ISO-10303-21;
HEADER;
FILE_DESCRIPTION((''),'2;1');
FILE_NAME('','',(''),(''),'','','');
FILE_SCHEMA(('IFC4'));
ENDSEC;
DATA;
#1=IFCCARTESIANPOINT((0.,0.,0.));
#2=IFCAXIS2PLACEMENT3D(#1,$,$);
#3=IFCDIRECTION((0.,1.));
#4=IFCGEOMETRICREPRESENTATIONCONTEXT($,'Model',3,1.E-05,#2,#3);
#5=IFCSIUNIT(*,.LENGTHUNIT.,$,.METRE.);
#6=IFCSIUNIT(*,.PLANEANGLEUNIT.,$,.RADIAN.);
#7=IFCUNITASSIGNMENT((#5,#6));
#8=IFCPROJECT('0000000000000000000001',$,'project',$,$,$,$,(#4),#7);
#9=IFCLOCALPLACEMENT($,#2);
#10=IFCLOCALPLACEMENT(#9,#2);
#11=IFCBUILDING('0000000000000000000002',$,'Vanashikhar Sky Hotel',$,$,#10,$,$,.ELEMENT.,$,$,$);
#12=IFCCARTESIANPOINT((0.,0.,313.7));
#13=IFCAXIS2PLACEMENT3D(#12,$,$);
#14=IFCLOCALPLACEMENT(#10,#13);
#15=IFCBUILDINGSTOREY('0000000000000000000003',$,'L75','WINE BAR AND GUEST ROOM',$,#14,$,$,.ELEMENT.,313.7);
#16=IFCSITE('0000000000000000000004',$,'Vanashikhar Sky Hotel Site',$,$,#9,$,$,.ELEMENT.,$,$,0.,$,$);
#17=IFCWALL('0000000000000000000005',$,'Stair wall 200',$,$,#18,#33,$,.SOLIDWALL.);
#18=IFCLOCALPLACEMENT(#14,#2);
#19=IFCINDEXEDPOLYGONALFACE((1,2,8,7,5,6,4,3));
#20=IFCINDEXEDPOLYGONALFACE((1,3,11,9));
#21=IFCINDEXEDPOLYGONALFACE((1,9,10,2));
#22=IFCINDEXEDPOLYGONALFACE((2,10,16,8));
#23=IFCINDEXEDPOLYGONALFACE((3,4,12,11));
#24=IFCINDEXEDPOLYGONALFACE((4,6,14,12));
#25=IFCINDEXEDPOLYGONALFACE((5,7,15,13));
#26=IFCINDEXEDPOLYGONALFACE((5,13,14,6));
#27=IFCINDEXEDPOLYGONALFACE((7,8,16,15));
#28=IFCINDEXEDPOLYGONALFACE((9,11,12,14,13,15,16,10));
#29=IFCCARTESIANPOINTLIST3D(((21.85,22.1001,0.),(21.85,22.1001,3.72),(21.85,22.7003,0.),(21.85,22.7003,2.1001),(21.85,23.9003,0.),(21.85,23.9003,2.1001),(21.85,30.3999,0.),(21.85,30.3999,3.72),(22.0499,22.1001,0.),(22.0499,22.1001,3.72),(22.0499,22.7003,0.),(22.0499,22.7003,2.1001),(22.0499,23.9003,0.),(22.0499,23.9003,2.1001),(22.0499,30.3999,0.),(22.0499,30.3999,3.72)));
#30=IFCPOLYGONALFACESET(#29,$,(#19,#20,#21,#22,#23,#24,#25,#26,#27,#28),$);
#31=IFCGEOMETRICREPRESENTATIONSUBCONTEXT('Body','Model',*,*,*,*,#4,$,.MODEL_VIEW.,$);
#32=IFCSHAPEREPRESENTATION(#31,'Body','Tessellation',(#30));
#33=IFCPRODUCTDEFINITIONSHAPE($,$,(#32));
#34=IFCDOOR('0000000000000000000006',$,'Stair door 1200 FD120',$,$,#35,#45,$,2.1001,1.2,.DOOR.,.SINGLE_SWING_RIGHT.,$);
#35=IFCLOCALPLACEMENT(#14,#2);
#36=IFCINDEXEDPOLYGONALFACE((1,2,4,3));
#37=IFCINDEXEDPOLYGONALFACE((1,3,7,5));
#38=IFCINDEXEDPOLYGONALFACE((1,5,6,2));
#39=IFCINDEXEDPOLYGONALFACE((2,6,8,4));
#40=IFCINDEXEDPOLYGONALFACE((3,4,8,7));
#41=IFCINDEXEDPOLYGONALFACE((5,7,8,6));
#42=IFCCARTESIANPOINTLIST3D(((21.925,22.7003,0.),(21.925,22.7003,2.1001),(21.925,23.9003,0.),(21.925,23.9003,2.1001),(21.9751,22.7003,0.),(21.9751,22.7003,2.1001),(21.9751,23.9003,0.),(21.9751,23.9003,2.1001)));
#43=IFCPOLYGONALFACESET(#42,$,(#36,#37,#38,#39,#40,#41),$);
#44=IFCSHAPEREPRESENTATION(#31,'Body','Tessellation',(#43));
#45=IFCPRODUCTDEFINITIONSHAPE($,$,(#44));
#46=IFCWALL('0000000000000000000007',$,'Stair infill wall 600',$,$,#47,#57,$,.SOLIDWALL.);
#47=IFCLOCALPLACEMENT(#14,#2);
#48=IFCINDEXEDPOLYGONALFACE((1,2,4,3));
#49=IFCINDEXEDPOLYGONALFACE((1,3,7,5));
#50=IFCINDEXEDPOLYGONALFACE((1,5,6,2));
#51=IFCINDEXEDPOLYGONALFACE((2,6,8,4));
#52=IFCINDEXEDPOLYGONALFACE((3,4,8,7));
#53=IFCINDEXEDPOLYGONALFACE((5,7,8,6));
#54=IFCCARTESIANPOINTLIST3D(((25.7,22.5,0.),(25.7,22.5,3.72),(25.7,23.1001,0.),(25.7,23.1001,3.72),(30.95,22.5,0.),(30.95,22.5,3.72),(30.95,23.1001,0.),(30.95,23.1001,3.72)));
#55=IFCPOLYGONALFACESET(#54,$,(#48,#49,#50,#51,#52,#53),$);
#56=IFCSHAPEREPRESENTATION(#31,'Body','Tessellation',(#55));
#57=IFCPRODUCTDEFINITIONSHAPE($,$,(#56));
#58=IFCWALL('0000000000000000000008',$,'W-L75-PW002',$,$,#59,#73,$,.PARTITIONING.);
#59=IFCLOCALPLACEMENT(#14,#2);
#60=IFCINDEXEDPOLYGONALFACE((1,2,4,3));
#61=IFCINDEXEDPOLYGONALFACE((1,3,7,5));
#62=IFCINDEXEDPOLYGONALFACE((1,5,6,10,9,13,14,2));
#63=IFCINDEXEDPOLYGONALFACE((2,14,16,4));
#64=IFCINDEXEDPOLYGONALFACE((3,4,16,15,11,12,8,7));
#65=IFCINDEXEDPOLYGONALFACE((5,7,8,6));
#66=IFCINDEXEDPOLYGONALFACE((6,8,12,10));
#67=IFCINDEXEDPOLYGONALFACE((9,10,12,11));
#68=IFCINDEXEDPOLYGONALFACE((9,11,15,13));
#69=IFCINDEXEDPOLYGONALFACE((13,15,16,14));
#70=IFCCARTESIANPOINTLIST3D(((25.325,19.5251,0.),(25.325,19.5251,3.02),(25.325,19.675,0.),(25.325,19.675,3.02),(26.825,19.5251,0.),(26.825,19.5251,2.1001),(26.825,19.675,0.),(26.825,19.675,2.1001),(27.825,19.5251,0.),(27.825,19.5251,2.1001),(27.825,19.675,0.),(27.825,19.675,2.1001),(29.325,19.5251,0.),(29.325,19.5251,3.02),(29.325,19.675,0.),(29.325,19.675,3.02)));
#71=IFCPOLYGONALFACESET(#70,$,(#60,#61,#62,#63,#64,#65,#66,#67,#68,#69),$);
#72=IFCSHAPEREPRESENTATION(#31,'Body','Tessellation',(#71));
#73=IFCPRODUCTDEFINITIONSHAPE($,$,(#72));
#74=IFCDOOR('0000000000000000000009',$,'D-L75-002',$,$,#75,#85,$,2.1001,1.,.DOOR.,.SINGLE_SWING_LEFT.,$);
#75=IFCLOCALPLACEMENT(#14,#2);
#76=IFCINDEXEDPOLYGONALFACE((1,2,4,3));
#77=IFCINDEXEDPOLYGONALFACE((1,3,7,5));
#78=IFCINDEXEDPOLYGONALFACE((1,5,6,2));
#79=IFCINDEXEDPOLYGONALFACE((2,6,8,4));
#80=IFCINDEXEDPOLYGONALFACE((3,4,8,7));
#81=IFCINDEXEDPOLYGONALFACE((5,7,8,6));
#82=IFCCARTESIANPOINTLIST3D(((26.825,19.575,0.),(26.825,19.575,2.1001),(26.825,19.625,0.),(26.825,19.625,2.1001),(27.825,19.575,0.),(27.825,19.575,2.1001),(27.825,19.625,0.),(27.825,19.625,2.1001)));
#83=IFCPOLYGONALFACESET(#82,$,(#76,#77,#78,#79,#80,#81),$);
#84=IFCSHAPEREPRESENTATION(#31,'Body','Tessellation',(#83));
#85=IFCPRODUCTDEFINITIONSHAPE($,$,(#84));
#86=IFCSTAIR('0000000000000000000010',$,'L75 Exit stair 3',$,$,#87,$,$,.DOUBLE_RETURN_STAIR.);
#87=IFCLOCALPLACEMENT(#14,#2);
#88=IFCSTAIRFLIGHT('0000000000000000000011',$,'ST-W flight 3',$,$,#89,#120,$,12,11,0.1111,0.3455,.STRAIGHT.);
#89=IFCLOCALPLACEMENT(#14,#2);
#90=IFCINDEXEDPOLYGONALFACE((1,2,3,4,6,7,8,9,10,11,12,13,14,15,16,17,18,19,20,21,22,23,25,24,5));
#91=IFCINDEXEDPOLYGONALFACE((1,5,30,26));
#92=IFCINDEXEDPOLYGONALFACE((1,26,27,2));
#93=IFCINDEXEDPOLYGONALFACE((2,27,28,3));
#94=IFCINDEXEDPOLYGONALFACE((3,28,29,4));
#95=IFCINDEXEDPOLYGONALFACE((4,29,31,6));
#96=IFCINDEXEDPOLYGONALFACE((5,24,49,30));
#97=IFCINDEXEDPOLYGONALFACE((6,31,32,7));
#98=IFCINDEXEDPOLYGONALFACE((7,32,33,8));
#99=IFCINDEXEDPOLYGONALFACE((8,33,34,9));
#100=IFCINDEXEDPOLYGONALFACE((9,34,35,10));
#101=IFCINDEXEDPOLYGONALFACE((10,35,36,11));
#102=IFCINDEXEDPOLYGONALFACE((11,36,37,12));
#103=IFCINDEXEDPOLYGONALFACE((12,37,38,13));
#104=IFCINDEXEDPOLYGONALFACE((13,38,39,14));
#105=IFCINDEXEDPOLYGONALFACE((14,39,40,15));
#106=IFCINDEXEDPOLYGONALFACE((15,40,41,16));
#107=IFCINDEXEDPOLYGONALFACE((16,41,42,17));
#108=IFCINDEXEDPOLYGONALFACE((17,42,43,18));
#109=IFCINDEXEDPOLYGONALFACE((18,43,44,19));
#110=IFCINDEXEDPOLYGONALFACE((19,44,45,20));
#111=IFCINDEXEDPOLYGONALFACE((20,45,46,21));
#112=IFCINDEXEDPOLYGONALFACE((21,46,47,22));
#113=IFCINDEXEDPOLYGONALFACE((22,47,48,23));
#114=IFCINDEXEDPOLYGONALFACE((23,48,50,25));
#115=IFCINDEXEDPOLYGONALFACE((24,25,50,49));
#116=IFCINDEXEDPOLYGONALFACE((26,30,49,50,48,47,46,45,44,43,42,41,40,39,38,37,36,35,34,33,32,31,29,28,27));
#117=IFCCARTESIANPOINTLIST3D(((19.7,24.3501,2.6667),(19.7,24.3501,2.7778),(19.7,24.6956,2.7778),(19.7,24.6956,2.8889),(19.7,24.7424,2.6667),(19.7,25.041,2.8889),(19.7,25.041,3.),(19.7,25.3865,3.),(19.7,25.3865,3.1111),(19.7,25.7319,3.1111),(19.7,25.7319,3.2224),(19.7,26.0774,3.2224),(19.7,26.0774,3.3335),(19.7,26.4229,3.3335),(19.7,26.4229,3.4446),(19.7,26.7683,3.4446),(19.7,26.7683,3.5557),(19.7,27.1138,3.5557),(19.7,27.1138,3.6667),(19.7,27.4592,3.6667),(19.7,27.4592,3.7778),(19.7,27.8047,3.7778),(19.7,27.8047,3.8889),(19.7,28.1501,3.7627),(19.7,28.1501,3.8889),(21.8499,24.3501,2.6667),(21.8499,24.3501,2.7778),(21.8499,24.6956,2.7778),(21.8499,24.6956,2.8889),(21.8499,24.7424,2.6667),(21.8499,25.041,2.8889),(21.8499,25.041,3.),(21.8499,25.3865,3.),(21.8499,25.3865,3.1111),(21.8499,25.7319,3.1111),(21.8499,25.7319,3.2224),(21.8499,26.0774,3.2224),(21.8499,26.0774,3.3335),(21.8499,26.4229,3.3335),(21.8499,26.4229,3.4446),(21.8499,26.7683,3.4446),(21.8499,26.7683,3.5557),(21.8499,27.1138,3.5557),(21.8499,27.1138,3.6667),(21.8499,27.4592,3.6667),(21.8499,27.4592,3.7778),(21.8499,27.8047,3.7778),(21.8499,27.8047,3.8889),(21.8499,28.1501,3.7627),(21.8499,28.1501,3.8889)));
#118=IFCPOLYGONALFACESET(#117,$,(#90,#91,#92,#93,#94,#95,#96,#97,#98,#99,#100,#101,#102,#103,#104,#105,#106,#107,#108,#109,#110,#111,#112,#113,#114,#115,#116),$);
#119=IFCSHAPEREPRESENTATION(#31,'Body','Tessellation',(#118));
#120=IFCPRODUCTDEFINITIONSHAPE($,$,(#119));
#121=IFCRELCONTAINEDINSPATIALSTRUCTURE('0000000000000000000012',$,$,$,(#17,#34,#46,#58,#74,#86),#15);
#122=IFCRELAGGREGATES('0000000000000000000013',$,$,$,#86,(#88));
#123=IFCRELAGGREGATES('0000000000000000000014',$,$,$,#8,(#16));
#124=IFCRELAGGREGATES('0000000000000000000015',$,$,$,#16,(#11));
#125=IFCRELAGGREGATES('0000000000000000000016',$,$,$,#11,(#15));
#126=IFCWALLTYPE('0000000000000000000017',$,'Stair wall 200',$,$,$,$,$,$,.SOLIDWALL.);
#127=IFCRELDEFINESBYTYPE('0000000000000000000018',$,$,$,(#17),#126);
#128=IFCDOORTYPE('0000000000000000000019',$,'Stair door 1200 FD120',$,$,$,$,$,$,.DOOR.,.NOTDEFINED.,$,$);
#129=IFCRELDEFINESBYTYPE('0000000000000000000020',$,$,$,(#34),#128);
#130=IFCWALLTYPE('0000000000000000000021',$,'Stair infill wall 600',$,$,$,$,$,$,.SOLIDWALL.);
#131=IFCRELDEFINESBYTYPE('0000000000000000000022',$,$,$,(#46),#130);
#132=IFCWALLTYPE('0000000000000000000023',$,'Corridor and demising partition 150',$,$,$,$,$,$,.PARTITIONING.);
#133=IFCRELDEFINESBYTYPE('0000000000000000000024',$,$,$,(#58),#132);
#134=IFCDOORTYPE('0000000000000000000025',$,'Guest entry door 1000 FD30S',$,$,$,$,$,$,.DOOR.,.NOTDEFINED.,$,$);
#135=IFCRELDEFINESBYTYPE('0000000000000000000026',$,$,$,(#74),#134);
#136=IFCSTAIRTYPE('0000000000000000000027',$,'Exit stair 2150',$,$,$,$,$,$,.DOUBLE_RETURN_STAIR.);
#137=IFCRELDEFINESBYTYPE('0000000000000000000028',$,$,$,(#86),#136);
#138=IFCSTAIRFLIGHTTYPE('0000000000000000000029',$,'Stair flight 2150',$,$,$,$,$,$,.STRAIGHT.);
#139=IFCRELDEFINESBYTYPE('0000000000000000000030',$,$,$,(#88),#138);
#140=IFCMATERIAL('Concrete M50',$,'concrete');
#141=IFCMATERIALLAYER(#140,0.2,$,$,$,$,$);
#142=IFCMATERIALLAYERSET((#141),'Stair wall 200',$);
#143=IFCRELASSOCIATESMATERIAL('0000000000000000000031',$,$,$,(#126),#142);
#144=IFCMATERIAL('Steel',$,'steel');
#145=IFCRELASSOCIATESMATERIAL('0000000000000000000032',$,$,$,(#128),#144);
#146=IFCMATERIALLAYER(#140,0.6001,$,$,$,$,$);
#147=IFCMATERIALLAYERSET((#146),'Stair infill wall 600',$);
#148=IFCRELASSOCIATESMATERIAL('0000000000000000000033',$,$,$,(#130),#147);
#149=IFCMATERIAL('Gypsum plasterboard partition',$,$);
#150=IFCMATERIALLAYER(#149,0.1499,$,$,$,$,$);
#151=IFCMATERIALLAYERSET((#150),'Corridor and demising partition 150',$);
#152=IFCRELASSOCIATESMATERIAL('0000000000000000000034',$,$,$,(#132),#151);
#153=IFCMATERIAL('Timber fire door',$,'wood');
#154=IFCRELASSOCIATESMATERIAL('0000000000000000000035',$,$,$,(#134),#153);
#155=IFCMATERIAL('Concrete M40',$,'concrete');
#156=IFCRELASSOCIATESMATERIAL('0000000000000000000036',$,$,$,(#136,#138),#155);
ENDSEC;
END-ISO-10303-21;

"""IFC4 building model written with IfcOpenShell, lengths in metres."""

from ifc_helpers import new_model, si_unit, direction, frame, frame_2d, origin, place, context, subcontext, project, spatial, polyline, rectangle, outline, extrude, source, transform, mapped, material, layer, layer_set, type_object, element, fill, aggregate, save


model = new_model("IFC4")

# Units and contexts
model_context = context("Model", 3, precision=1e-05, world=origin(), true_north=direction((0.0, 1.0)))
body_context = subcontext(model_context, "Body", "Model", "MODEL_VIEW")
ifc_project = project(units=[si_unit("LENGTHUNIT", "METRE"), si_unit("PLANEANGLEUNIT", "RADIAN")], contexts=[model_context])

# Site, building, storey
site_placement = place(None, origin())
site = spatial("IfcSite", under=ifc_project, at=site_placement, Name="Vanashikhar Sky Hotel Site", CompositionType="ELEMENT", RefElevation=0.0)
building_placement = place(site_placement, origin())
building = spatial("IfcBuilding", under=site, at=building_placement, Name="Vanashikhar Sky Hotel", CompositionType="ELEMENT")
storey_placement = place(building_placement, frame((0.0, 0.0, 313.7)))
storey = spatial("IfcBuildingStorey", under=building, at=storey_placement, Name="L75", Description="WINE BAR AND GUEST ROOM", CompositionType="ELEMENT", Elevation=313.7)

# Shared definitions
ifc_material_1 = material(Name="Concrete M50", Category="concrete")

# Shared definitions
ifc_material_2 = material(Name="Steel", Category="steel")

# Wall, opening, door
ifc_layer_1 = layer(ifc_material_1, 0.2)
ifc_layer_set_1 = layer_set([ifc_layer_1], Name="Stair wall 200")
wall_type_1 = type_object("IfcWallType", Name="Stair wall 200", PredefinedType="SOLIDWALL", material=ifc_layer_set_1)
shared_shape_1 = source(origin(), body_context, "Body", "SweptSolid", [
    extrude(rectangle(XDim=8.2998, YDim=0.2, at=frame_2d((4.1499, 0.0))), origin(), (0.0, 0.0, 1.0), 3.72),
])
wall_1_placement = place(storey_placement, frame((21.95, 22.1001, 0.0), z_axis=(0.0, 0.0, 1.0), x_axis=(0.0, 1.0, 0.0)))
wall_1 = element("IfcWall", 1, at=wall_1_placement, inside=storey, type_object=wall_type_1, Name="Stair wall 200", PredefinedType="SOLIDWALL", context=body_context, shape_type="MappedRepresentation", body=[
    mapped(shared_shape_1, transform((0.0, 0.0, 0.0), scale=1.0)),
])
shared_shape_2 = source(origin(), body_context, "Body", "SweptSolid", [
    extrude(rectangle(XDim=1.2, YDim=2.1001, at=frame_2d((0.6001, 1.05))), frame((0.0, 0.1099, 0.0), z_axis=(0.0, -1.0, 0.0), x_axis=(1.0, 0.0, 0.0)), (0.0, 0.0, 1.0), 0.22),
])
opening_1_placement = place(wall_1_placement, frame((0.6001, 0.0, 0.0)))
opening_1 = element("IfcOpeningElement", 2, at=opening_1_placement, cuts=wall_1, PredefinedType="OPENING", context=body_context, shape_type="MappedRepresentation", body=[
    mapped(shared_shape_2, transform((0.0, 0.0, 0.0), scale=1.0)),
])
door_type_1 = type_object("IfcDoorType", Name="Stair door 1200 FD120", OperationType="NOTDEFINED", PredefinedType="DOOR", material=ifc_material_2)
shared_shape_3 = source(origin(), body_context, "Body", "SweptSolid", [
    extrude(rectangle(XDim=1.2, YDim=2.1001, at=frame_2d((0.6001, 1.05))), frame((0.0, 0.0249, 0.0), z_axis=(0.0, -1.0, 0.0), x_axis=(1.0, 0.0, 0.0)), (0.0, 0.0, 1.0), 0.05),
])
door_1_placement = place(opening_1_placement, origin())
door_1 = element("IfcDoor", 3, at=door_1_placement, inside=storey, type_object=door_type_1, Name="Stair door 1200 FD120", OperationType="SINGLE_SWING_RIGHT", OverallHeight=2.1001, OverallWidth=1.2, PredefinedType="DOOR", context=body_context, shape_type="MappedRepresentation", body=[
    mapped(shared_shape_3, transform((0.0, 0.0, 0.0), scale=1.0)),
])
fill(opening_1, door_1)

# Wall
ifc_layer_2 = layer(ifc_material_1, 0.6001)
ifc_layer_set_2 = layer_set([ifc_layer_2], Name="Stair infill wall 600")
wall_type_2 = type_object("IfcWallType", Name="Stair infill wall 600", PredefinedType="SOLIDWALL", material=ifc_layer_set_2)
shared_shape_4 = source(origin(), body_context, "Body", "SweptSolid", [
    extrude(rectangle(XDim=5.25, YDim=0.6001, at=frame_2d((2.625, 0.0))), origin(), (0.0, 0.0, 1.0), 3.72),
])
wall_2_placement = place(storey_placement, frame((25.7, 22.8, 0.0), z_axis=(0.0, 0.0, 1.0), x_axis=(1.0, 0.0, 0.0)))
element("IfcWall", 4, at=wall_2_placement, inside=storey, type_object=wall_type_2, Name="Stair infill wall 600", PredefinedType="SOLIDWALL", context=body_context, shape_type="MappedRepresentation", body=[
    mapped(shared_shape_4, transform((0.0, 0.0, 0.0), scale=1.0)),
])

# Wall, opening, door
ifc_material_3 = material(Name="Gypsum plasterboard partition")
ifc_layer_3 = layer(ifc_material_3, 0.1499)
ifc_layer_set_3 = layer_set([ifc_layer_3], Name="Corridor and demising partition 150")
wall_type_3 = type_object("IfcWallType", Name="Corridor and demising partition 150", PredefinedType="PARTITIONING", material=ifc_layer_set_3)
shared_shape_5 = source(origin(), body_context, "Body", "SweptSolid", [
    extrude(rectangle(XDim=4.0, YDim=0.1499, at=frame_2d((2.0, 0.0))), origin(), (0.0, 0.0, 1.0), 3.02),
])
wall_3_placement = place(storey_placement, frame((25.325, 19.6001, 0.0), z_axis=(0.0, 0.0, 1.0), x_axis=(1.0, 0.0, 0.0)))
wall_3 = element("IfcWall", 5, at=wall_3_placement, inside=storey, type_object=wall_type_3, Name="W-L75-PW002", PredefinedType="PARTITIONING", context=body_context, shape_type="MappedRepresentation", body=[
    mapped(shared_shape_5, transform((0.0, 0.0, 0.0), scale=1.0)),
])
shared_shape_6 = source(origin(), body_context, "Body", "SweptSolid", [
    extrude(rectangle(XDim=1.0, YDim=2.1001, at=frame_2d((0.5, 1.05))), frame((0.0, 0.085, 0.0), z_axis=(0.0, -1.0, 0.0), x_axis=(1.0, 0.0, 0.0)), (0.0, 0.0, 1.0), 0.1699),
])
opening_2_placement = place(wall_3_placement, frame((1.5, 0.0, 0.0)))
opening_2 = element("IfcOpeningElement", 6, at=opening_2_placement, cuts=wall_3, PredefinedType="OPENING", context=body_context, shape_type="MappedRepresentation", body=[
    mapped(shared_shape_6, transform((0.0, 0.0, 0.0), scale=1.0)),
])
ifc_material_4 = material(Name="Timber fire door", Category="wood")
door_type_2 = type_object("IfcDoorType", Name="Guest entry door 1000 FD30S", OperationType="NOTDEFINED", PredefinedType="DOOR", material=ifc_material_4)
shared_shape_7 = source(origin(), body_context, "Body", "SweptSolid", [
    extrude(rectangle(XDim=1.0, YDim=2.1001, at=frame_2d((0.5, 1.05))), frame((0.0, 0.0249, 0.0), z_axis=(0.0, -1.0, 0.0), x_axis=(1.0, 0.0, 0.0)), (0.0, 0.0, 1.0), 0.05),
])
door_2_placement = place(opening_2_placement, origin())
door_2 = element("IfcDoor", 7, at=door_2_placement, inside=storey, type_object=door_type_2, Name="D-L75-002", OperationType="SINGLE_SWING_LEFT", OverallHeight=2.1001, OverallWidth=1.0, PredefinedType="DOOR", context=body_context, shape_type="MappedRepresentation", body=[
    mapped(shared_shape_7, transform((0.0, 0.0, 0.0), scale=1.0)),
])
fill(opening_2, door_2)

# Stair, stair flight
ifc_material_5 = material(Name="Concrete M40", Category="concrete")
stair_type = type_object("IfcStairType", Name="Exit stair 2150", PredefinedType="DOUBLE_RETURN_STAIR", material=ifc_material_5)
stair_placement = place(storey_placement, origin())
stair = element("IfcStair", 8, at=stair_placement, inside=storey, type_object=stair_type, Name="L75 Exit stair 3", PredefinedType="DOUBLE_RETURN_STAIR")
stair_flight_type = type_object("IfcStairFlightType", Name="Stair flight 2150", PredefinedType="STRAIGHT", material=ifc_material_5)
shared_shape_8 = source(origin(), body_context, "Body", "SweptSolid", [
    extrude(outline(polyline([(0.0, 0.0), (0.0, 0.1111), (0.3455, 0.1111), (0.3455, 0.2222), (0.6909, 0.2222), (0.6909, 0.3333), (1.0364, 0.3333), (1.0364, 0.4443), (1.3818, 0.4443), (1.3818, 0.5557), (1.7273, 0.5557), (1.7273, 0.6667), (2.0728, 0.6667), (2.0728, 0.7778), (2.4182, 0.7778), (2.4182, 0.8889), (2.7637, 0.8889), (2.7637, 1.0), (3.1091, 1.0), (3.1091, 1.1111), (3.4546, 1.1111), (3.4546, 1.2222), (3.8, 1.2222), (3.8, 1.3333), (3.8, 1.0959), (0.3923, 0.0), (0.0, 0.0)])), frame((0.0, 1.075, 0.0), z_axis=(0.0, -1.0, 0.0), x_axis=(1.0, 0.0, 0.0)), (0.0, 0.0, 1.0), 2.1499),
])
stair_flight_placement = place(storey_placement, frame((20.7749, 24.3501, 2.6667), z_axis=(0.0, 0.0, 1.0), x_axis=(0.0, 1.0, 0.0)))
stair_flight = element("IfcStairFlight", 9, at=stair_flight_placement, type_object=stair_flight_type, Name="ST-W flight 3", NumberOfRisers=12, NumberOfTreads=11, PredefinedType="STRAIGHT", RiserHeight=0.1111, TreadLength=0.3455, context=body_context, shape_type="MappedRepresentation", body=[
    mapped(shared_shape_8, transform((0.0, 0.0, 0.0), scale=1.0)),
])
aggregate(stair, [stair_flight])

save(model, "model.ifc")
